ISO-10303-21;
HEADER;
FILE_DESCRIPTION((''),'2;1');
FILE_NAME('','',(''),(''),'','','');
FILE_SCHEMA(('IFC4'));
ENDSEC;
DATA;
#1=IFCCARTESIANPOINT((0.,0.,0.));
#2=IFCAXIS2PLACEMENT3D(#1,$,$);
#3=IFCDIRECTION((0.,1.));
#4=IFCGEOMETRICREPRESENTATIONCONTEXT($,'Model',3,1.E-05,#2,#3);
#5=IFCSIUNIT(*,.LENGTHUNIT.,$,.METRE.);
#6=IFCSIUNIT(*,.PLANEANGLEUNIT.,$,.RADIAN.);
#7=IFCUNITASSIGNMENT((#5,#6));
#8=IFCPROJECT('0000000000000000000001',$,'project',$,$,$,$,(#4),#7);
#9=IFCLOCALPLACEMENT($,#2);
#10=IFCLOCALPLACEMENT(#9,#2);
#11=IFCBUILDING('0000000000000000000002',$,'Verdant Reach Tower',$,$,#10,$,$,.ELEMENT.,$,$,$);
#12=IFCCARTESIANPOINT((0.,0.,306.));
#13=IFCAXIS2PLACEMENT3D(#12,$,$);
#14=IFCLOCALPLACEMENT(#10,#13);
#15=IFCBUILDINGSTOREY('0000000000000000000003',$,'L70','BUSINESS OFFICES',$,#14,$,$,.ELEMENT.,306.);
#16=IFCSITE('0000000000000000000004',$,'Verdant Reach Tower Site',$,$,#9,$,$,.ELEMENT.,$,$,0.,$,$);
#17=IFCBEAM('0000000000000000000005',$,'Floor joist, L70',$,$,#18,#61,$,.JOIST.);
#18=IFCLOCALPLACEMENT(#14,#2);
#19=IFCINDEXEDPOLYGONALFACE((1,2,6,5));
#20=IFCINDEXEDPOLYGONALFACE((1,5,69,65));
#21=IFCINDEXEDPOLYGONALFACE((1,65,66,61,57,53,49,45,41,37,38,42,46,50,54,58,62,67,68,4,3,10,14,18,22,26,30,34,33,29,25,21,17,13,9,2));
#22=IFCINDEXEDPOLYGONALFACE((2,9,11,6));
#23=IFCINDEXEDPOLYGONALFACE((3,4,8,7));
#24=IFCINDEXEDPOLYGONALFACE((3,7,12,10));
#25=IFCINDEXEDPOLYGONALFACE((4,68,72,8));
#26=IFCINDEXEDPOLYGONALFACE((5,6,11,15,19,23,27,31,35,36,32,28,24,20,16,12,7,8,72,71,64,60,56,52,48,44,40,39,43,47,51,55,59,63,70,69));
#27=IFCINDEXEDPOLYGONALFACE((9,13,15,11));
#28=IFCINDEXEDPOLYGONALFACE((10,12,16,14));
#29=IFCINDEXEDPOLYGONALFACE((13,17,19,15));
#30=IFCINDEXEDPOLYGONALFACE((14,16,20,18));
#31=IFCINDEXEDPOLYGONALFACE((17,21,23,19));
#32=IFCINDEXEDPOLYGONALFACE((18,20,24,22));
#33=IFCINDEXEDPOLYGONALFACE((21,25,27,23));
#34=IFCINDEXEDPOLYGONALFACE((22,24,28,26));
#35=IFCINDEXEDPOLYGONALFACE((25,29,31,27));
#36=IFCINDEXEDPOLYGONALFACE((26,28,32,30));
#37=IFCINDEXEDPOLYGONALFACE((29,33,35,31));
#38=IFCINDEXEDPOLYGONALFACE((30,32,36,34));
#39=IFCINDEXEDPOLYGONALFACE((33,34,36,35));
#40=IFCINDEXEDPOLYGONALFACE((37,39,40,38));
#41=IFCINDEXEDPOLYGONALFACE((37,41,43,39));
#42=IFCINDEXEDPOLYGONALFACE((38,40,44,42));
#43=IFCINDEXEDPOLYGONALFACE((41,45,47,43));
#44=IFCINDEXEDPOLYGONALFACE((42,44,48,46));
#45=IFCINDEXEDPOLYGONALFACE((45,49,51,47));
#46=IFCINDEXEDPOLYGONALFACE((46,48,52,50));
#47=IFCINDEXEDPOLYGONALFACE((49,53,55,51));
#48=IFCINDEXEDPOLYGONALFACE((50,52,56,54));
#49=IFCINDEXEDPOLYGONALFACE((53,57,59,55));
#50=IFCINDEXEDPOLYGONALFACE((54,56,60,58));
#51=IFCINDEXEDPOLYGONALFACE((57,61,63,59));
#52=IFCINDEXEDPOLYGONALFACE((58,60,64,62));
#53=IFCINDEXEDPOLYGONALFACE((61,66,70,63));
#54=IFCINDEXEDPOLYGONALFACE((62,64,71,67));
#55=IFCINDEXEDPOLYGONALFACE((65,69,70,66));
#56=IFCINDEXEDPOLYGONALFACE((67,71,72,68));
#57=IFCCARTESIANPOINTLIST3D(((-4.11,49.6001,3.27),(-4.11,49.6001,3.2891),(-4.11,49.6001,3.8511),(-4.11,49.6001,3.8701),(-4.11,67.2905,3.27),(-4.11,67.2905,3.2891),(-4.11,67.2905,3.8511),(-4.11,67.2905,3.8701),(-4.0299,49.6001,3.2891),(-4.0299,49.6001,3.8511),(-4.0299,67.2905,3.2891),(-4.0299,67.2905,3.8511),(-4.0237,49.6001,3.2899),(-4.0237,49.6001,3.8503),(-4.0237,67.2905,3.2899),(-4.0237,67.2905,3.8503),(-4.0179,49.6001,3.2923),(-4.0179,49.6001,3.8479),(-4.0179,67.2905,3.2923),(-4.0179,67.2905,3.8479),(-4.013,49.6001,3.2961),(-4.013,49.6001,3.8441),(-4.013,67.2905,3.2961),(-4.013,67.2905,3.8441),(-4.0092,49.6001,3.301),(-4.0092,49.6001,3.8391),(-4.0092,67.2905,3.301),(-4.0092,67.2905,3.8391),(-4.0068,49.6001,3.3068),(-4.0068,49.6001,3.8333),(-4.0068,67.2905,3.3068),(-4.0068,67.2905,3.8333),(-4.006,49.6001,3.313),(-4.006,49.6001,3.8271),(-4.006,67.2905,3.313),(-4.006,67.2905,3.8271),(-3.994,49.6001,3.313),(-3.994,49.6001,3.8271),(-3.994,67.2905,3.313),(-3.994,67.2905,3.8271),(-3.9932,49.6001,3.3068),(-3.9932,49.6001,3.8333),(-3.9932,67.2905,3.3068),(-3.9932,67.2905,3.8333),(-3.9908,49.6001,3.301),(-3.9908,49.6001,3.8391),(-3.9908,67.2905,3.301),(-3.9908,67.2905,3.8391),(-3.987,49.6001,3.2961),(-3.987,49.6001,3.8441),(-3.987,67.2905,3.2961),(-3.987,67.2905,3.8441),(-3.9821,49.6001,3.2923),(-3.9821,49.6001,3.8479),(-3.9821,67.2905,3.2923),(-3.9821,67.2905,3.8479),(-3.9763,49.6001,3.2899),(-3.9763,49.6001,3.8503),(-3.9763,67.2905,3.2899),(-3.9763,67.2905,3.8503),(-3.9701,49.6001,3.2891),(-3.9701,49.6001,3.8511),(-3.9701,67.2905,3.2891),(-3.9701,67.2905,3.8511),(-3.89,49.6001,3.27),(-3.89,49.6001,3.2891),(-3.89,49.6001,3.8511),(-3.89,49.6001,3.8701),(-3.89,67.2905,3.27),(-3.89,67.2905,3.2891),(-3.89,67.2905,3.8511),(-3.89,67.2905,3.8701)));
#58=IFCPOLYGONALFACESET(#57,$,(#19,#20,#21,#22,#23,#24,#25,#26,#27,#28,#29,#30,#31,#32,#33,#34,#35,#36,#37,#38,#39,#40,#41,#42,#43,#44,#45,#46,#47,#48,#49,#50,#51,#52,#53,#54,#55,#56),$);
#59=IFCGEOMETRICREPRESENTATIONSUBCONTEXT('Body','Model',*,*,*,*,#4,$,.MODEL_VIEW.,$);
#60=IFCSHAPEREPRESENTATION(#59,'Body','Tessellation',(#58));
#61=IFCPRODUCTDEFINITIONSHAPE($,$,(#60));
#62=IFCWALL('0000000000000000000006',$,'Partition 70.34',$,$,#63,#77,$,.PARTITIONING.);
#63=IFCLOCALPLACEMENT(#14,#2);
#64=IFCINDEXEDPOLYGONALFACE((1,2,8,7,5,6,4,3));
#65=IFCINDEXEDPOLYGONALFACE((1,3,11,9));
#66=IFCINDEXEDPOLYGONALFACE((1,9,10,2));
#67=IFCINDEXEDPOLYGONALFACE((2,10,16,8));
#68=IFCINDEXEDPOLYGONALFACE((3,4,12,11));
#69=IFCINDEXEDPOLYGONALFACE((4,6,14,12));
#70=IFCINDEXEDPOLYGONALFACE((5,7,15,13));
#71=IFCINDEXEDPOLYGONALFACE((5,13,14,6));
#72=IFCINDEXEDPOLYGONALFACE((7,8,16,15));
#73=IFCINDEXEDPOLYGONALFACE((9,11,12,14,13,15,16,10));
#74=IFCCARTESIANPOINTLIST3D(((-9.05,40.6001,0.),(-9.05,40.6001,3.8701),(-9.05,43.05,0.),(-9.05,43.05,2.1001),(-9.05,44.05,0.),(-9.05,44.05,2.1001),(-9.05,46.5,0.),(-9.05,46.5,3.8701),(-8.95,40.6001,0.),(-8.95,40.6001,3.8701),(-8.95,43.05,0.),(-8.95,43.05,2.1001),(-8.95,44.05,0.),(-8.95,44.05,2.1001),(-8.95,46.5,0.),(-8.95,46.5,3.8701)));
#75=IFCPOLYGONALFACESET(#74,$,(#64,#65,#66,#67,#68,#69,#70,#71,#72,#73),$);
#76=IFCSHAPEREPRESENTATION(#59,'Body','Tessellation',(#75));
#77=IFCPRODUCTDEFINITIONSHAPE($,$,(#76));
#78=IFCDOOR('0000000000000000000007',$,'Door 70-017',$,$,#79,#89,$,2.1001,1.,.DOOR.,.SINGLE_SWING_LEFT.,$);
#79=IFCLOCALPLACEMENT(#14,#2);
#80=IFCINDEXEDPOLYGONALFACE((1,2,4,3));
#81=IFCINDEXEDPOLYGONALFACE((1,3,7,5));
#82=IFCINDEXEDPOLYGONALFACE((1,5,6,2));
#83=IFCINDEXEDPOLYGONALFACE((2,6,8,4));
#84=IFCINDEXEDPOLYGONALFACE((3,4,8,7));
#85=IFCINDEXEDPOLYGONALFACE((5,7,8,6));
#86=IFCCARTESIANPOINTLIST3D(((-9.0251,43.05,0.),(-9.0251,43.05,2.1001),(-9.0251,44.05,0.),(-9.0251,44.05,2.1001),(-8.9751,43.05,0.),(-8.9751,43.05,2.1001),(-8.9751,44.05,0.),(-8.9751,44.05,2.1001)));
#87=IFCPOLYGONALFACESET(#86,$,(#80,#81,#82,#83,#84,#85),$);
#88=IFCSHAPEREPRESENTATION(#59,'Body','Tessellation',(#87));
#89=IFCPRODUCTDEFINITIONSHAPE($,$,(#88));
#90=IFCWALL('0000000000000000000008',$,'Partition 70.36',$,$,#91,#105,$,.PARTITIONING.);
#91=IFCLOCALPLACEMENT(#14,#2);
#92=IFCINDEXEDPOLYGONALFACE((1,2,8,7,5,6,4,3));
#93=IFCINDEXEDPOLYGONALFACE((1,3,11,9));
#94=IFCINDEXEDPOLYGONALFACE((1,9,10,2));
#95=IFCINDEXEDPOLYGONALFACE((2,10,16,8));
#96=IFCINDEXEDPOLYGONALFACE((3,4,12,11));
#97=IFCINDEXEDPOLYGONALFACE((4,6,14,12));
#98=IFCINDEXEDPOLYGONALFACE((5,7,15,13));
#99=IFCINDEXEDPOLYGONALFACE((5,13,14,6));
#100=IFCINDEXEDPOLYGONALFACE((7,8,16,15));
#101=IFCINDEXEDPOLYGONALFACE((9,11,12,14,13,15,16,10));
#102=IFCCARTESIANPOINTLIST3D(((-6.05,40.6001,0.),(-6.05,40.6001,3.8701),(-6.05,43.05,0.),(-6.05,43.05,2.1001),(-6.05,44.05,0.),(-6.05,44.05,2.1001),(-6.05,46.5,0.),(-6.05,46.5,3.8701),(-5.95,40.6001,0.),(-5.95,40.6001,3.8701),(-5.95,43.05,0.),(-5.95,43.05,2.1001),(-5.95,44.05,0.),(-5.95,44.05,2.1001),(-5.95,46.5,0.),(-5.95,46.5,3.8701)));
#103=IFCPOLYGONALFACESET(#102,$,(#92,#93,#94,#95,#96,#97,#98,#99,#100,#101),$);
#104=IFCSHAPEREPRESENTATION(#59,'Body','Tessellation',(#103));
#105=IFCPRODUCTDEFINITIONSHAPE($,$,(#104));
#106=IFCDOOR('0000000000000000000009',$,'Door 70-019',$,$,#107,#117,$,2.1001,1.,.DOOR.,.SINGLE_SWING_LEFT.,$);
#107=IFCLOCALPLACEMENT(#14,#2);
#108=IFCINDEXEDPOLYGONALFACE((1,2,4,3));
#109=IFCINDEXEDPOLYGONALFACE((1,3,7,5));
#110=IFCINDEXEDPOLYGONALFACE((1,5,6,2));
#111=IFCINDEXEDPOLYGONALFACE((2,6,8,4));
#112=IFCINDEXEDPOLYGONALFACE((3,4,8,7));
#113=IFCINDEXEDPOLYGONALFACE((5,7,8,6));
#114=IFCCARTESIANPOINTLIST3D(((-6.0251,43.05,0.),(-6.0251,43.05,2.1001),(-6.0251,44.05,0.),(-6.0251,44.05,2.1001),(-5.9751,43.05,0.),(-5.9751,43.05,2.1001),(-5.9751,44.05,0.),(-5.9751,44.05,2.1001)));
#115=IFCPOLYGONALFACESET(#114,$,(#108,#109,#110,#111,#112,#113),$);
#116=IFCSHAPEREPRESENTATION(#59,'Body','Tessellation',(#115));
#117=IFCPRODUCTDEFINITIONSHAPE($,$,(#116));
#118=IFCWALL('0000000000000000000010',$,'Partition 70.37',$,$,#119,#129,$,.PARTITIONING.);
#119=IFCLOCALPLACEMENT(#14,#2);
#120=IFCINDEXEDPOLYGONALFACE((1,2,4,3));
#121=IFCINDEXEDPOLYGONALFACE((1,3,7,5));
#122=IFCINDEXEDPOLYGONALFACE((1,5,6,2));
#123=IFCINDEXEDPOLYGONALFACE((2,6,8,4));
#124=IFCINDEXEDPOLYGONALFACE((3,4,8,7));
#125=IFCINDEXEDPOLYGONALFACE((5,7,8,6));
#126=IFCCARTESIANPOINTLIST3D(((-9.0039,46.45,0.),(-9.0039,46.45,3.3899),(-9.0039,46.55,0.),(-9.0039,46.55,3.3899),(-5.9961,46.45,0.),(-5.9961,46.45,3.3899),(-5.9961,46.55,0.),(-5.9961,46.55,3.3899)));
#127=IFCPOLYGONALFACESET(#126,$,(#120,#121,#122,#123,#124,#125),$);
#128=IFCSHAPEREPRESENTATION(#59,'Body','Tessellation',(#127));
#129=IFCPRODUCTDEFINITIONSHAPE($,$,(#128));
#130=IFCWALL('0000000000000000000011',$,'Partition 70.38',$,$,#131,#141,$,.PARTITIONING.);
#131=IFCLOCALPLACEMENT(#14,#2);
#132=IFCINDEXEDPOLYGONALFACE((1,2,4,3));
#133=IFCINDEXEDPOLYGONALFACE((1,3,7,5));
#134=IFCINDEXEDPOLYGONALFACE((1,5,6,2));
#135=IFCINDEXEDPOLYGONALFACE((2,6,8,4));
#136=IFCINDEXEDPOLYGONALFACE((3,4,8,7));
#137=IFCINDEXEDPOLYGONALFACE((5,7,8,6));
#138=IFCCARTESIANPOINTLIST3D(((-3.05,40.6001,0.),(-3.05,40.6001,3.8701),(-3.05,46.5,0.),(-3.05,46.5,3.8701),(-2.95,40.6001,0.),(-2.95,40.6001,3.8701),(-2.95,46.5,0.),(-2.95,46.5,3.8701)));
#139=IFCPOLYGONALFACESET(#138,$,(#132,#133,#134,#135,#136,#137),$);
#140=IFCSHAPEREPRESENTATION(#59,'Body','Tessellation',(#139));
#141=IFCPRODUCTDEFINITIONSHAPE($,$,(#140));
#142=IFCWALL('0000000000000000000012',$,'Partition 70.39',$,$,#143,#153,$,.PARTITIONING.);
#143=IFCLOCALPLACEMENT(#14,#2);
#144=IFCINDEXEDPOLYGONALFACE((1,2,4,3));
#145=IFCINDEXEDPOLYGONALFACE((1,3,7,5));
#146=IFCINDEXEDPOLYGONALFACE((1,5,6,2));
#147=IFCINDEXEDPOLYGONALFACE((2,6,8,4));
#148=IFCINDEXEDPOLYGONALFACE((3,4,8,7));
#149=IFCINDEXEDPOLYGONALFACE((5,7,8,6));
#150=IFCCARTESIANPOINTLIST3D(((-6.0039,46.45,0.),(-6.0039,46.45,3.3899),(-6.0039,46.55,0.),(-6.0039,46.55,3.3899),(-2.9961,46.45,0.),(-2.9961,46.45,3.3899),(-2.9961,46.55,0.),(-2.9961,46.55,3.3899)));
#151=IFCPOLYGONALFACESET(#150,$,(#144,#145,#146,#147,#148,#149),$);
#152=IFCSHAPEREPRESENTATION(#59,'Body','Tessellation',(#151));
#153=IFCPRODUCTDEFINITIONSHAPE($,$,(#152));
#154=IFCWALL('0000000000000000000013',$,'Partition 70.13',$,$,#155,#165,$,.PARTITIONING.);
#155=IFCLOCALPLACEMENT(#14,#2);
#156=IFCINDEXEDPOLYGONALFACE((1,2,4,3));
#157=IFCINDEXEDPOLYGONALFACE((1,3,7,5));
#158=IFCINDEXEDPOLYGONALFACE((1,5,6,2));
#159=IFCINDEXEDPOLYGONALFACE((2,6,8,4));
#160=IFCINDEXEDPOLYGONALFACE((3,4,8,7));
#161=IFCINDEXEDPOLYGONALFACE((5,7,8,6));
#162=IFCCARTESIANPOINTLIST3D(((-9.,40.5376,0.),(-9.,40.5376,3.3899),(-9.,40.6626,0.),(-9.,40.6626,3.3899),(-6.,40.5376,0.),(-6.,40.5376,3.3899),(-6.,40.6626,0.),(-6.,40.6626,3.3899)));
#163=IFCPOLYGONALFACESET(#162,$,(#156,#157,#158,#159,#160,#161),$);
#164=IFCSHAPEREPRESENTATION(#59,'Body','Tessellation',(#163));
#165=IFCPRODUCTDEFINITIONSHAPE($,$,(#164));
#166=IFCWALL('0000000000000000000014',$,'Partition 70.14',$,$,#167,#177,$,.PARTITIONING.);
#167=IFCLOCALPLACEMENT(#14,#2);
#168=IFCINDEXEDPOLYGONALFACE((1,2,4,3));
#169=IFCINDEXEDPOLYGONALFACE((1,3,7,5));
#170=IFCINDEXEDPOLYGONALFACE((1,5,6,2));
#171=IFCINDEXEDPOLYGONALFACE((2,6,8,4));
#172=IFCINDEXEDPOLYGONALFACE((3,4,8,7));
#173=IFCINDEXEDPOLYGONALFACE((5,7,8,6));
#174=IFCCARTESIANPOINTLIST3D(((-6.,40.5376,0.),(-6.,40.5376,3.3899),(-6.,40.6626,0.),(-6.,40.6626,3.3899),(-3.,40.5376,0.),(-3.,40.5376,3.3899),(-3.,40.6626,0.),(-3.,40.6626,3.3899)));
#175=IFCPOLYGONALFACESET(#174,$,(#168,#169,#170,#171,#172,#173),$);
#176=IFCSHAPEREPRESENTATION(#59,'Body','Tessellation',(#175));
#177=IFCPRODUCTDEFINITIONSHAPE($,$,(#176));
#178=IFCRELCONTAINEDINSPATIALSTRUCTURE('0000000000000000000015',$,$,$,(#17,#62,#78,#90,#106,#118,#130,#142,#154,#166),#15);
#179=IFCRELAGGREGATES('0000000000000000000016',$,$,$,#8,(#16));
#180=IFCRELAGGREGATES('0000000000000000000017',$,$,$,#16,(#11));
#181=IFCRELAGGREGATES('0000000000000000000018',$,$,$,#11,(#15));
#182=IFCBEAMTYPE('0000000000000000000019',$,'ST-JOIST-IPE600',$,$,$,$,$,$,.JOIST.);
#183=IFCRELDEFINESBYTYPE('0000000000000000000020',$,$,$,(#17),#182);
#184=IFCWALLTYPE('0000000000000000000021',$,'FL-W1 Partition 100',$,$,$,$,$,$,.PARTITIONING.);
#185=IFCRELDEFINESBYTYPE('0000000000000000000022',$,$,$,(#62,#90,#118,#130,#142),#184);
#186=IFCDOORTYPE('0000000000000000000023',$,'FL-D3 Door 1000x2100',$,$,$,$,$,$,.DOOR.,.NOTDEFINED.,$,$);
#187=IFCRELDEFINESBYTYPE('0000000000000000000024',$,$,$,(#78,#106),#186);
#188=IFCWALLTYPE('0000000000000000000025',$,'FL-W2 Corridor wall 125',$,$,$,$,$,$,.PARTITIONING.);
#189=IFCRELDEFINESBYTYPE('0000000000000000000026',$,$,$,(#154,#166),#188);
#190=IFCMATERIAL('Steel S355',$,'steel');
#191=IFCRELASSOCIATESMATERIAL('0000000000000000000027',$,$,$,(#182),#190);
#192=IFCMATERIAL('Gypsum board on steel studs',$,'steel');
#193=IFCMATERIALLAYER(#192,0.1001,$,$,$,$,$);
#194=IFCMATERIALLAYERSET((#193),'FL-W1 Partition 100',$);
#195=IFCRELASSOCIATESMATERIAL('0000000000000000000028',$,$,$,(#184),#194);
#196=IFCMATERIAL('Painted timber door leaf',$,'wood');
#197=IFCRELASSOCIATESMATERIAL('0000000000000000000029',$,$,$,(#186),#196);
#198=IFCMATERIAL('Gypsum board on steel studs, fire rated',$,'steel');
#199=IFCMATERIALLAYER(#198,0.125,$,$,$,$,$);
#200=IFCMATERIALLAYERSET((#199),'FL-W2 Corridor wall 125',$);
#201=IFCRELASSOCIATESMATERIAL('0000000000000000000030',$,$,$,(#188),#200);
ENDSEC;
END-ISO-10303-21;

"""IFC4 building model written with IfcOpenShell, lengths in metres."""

from ifc_helpers import new_model, si_unit, direction, frame, frame_2d, origin, origin_2d, place, context, subcontext, project, spatial, rectangle, i_section, extrude, material, layer, layer_set, material_profile, profile_set, type_object, element, fill, save


model = new_model("IFC4")

# Units and contexts
model_context = context("Model", 3, precision=1e-05, world=origin(), true_north=direction((0.0, 1.0)))
body_context = subcontext(model_context, "Body", "Model", "MODEL_VIEW")
ifc_project = project(units=[si_unit("LENGTHUNIT", "METRE"), si_unit("PLANEANGLEUNIT", "RADIAN")], contexts=[model_context])

# Site, building, storey
site_placement = place(None, origin())
site = spatial("IfcSite", under=ifc_project, at=site_placement, Name="Verdant Reach Tower Site", CompositionType="ELEMENT", RefElevation=0.0)
building_placement = place(site_placement, origin())
building = spatial("IfcBuilding", under=site, at=building_placement, Name="Verdant Reach Tower", CompositionType="ELEMENT")
storey_placement = place(building_placement, frame((0.0, 0.0, 306.0)))
storey = spatial("IfcBuildingStorey", under=building, at=storey_placement, Name="L70", Description="BUSINESS OFFICES", CompositionType="ELEMENT", Elevation=306.0)

# Beam
ifc_material_1 = material(Name="Steel S355", Category="steel")
ifc_material_profile_1 = material_profile(ifc_material_1, i_section(OverallWidth=0.22, OverallDepth=0.6001, WebThickness=0.012, FlangeThickness=0.019, FilletRadius=0.0239, at=origin_2d()), Name="IPE 600")
ifc_profile_set_1 = profile_set([ifc_material_profile_1], Name="Steel S355")
beam_type_1 = type_object("IfcBeamType", Name="ST-JOIST-IPE600", PredefinedType="JOIST", material=ifc_profile_set_1)
beam_1_placement = place(storey_placement, frame((-4.0, 49.6001, 3.5701), z_axis=(0.0, 1.0, 0.0), x_axis=(-1.0, 0.0, 0.0)))
element("IfcBeam", 1, at=beam_1_placement, inside=storey, type_object=beam_type_1, Name="Floor joist, L70", PredefinedType="JOIST", context=body_context, shape_type="SweptSolid", body=[
    extrude(i_section(OverallWidth=0.22, OverallDepth=0.6001, WebThickness=0.012, FlangeThickness=0.019, FilletRadius=0.0239, at=origin_2d()), origin(), (0.0, 0.0, 1.0), 17.6904),
])

# Walls, openings, doors
ifc_material_2 = material(Name="Gypsum board on steel studs", Category="steel")
ifc_layer_1 = layer(ifc_material_2, 0.1001)
ifc_layer_set_1 = layer_set([ifc_layer_1], Name="FL-W1 Partition 100")
wall_type_1 = type_object("IfcWallType", Name="FL-W1 Partition 100", PredefinedType="PARTITIONING", material=ifc_layer_set_1)
wall_1_placement = place(storey_placement, frame((-9.0, 46.5, 0.0), z_axis=(0.0, 0.0, 1.0), x_axis=(0.0, -1.0, 0.0)))
wall_1 = element("IfcWall", 2, at=wall_1_placement, inside=storey, type_object=wall_type_1, Name="Partition 70.34", PredefinedType="PARTITIONING", context=body_context, shape_type="SweptSolid", body=[
    extrude(rectangle(XDim=5.8999, YDim=0.1001, at=frame_2d((2.95, 0.0))), origin(), (0.0, 0.0, 1.0), 3.8701),
])
opening_1_placement = place(wall_1_placement, frame((2.45, 0.0, 0.0)))
opening_1 = element("IfcOpeningElement", 3, at=opening_1_placement, cuts=wall_1, PredefinedType="OPENING", context=body_context, shape_type="SweptSolid", body=[
    extrude(rectangle(XDim=1.0, YDim=2.1001, at=frame_2d((0.5, 1.05))), frame((0.0, 0.0601, 0.0), z_axis=(0.0, -1.0, 0.0), x_axis=(1.0, 0.0, 0.0)), (0.0, 0.0, 1.0), 0.1201),
])
ifc_material_3 = material(Name="Painted timber door leaf", Category="wood")
door_type_1 = type_object("IfcDoorType", Name="FL-D3 Door 1000x2100", OperationType="NOTDEFINED", PredefinedType="DOOR", material=ifc_material_3)
door_1_placement = place(opening_1_placement, origin())
door_1 = element("IfcDoor", 4, at=door_1_placement, inside=storey, type_object=door_type_1, Name="Door 70-017", OperationType="SINGLE_SWING_LEFT", OverallHeight=2.1001, OverallWidth=1.0, PredefinedType="DOOR", context=body_context, shape_type="SweptSolid", body=[
    extrude(rectangle(XDim=1.0, YDim=2.1001, at=frame_2d((0.5, 1.05))), frame((0.0, 0.0249, 0.0), z_axis=(0.0, -1.0, 0.0), x_axis=(1.0, 0.0, 0.0)), (0.0, 0.0, 1.0), 0.05),
])
fill(opening_1, door_1)
wall_2_placement = place(storey_placement, frame((-6.0, 46.5, 0.0), z_axis=(0.0, 0.0, 1.0), x_axis=(0.0, -1.0, 0.0)))
wall_2 = element("IfcWall", 5, at=wall_2_placement, inside=storey, type_object=wall_type_1, Name="Partition 70.36", PredefinedType="PARTITIONING", context=body_context, shape_type="SweptSolid", body=[
    extrude(rectangle(XDim=5.8999, YDim=0.1001, at=frame_2d((2.95, 0.0))), origin(), (0.0, 0.0, 1.0), 3.8701),
])
opening_2_placement = place(wall_2_placement, frame((2.45, 0.0, 0.0)))
opening_2 = element("IfcOpeningElement", 6, at=opening_2_placement, cuts=wall_2, PredefinedType="OPENING", context=body_context, shape_type="SweptSolid", body=[
    extrude(rectangle(XDim=1.0, YDim=2.1001, at=frame_2d((0.5, 1.05))), frame((0.0, 0.0601, 0.0), z_axis=(0.0, -1.0, 0.0), x_axis=(1.0, 0.0, 0.0)), (0.0, 0.0, 1.0), 0.1201),
])
door_2_placement = place(opening_2_placement, origin())
door_2 = element("IfcDoor", 7, at=door_2_placement, inside=storey, type_object=door_type_1, Name="Door 70-019", OperationType="SINGLE_SWING_LEFT", OverallHeight=2.1001, OverallWidth=1.0, PredefinedType="DOOR", context=body_context, shape_type="SweptSolid", body=[
    extrude(rectangle(XDim=1.0, YDim=2.1001, at=frame_2d((0.5, 1.05))), frame((0.0, 0.0249, 0.0), z_axis=(0.0, -1.0, 0.0), x_axis=(1.0, 0.0, 0.0)), (0.0, 0.0, 1.0), 0.05),
])
fill(opening_2, door_2)

# Walls
wall_3_placement = place(storey_placement, frame((-5.9961, 46.5, 0.0), z_axis=(0.0, 0.0, 1.0), x_axis=(-1.0, 0.0, 0.0)))
element("IfcWall", 8, at=wall_3_placement, inside=storey, type_object=wall_type_1, Name="Partition 70.37", PredefinedType="PARTITIONING", context=body_context, shape_type="SweptSolid", body=[
    extrude(rectangle(XDim=3.0078, YDim=0.1001, at=frame_2d((1.5039, 0.0))), origin(), (0.0, 0.0, 1.0), 3.3899),
])
wall_4_placement = place(storey_placement, frame((-3.0, 40.6001, 0.0), z_axis=(0.0, 0.0, 1.0), x_axis=(0.0, 1.0, 0.0)))
element("IfcWall", 9, at=wall_4_placement, inside=storey, type_object=wall_type_1, Name="Partition 70.38", PredefinedType="PARTITIONING", context=body_context, shape_type="SweptSolid", body=[
    extrude(rectangle(XDim=5.8999, YDim=0.1001, at=frame_2d((2.95, 0.0))), origin(), (0.0, 0.0, 1.0), 3.8701),
])
wall_5_placement = place(storey_placement, frame((-2.9961, 46.5, 0.0), z_axis=(0.0, 0.0, 1.0), x_axis=(-1.0, 0.0, 0.0)))
element("IfcWall", 10, at=wall_5_placement, inside=storey, type_object=wall_type_1, Name="Partition 70.39", PredefinedType="PARTITIONING", context=body_context, shape_type="SweptSolid", body=[
    extrude(rectangle(XDim=3.0078, YDim=0.1001, at=frame_2d((1.5039, 0.0))), origin(), (0.0, 0.0, 1.0), 3.3899),
])
ifc_material_4 = material(Name="Gypsum board on steel studs, fire rated", Category="steel")
ifc_layer_2 = layer(ifc_material_4, 0.125)
ifc_layer_set_2 = layer_set([ifc_layer_2], Name="FL-W2 Corridor wall 125")
wall_type_2 = type_object("IfcWallType", Name="FL-W2 Corridor wall 125", PredefinedType="PARTITIONING", material=ifc_layer_set_2)
for number, where, z_axis, x_axis, name in (
    (11, (-6.0, 40.6001, 0.0), (0.0, 0.0, 1.0), (-1.0, 0.0, 0.0), "Partition 70.13"),
    (12, (-3.0, 40.6001, 0.0), (0.0, 0.0, 1.0), (-1.0, 0.0, 0.0), "Partition 70.14"),
):
    element("IfcWall", number, at=place(storey_placement, frame(where, z_axis=z_axis, x_axis=x_axis)), inside=storey, type_object=wall_type_2, Name=name, PredefinedType="PARTITIONING", context=body_context, shape_type="SweptSolid", body=[
        extrude(rectangle(XDim=3.0, YDim=0.125, at=frame_2d((1.5, 0.0))), origin(), (0.0, 0.0, 1.0), 3.3899),
    ])

save(model, "model.ifc")
